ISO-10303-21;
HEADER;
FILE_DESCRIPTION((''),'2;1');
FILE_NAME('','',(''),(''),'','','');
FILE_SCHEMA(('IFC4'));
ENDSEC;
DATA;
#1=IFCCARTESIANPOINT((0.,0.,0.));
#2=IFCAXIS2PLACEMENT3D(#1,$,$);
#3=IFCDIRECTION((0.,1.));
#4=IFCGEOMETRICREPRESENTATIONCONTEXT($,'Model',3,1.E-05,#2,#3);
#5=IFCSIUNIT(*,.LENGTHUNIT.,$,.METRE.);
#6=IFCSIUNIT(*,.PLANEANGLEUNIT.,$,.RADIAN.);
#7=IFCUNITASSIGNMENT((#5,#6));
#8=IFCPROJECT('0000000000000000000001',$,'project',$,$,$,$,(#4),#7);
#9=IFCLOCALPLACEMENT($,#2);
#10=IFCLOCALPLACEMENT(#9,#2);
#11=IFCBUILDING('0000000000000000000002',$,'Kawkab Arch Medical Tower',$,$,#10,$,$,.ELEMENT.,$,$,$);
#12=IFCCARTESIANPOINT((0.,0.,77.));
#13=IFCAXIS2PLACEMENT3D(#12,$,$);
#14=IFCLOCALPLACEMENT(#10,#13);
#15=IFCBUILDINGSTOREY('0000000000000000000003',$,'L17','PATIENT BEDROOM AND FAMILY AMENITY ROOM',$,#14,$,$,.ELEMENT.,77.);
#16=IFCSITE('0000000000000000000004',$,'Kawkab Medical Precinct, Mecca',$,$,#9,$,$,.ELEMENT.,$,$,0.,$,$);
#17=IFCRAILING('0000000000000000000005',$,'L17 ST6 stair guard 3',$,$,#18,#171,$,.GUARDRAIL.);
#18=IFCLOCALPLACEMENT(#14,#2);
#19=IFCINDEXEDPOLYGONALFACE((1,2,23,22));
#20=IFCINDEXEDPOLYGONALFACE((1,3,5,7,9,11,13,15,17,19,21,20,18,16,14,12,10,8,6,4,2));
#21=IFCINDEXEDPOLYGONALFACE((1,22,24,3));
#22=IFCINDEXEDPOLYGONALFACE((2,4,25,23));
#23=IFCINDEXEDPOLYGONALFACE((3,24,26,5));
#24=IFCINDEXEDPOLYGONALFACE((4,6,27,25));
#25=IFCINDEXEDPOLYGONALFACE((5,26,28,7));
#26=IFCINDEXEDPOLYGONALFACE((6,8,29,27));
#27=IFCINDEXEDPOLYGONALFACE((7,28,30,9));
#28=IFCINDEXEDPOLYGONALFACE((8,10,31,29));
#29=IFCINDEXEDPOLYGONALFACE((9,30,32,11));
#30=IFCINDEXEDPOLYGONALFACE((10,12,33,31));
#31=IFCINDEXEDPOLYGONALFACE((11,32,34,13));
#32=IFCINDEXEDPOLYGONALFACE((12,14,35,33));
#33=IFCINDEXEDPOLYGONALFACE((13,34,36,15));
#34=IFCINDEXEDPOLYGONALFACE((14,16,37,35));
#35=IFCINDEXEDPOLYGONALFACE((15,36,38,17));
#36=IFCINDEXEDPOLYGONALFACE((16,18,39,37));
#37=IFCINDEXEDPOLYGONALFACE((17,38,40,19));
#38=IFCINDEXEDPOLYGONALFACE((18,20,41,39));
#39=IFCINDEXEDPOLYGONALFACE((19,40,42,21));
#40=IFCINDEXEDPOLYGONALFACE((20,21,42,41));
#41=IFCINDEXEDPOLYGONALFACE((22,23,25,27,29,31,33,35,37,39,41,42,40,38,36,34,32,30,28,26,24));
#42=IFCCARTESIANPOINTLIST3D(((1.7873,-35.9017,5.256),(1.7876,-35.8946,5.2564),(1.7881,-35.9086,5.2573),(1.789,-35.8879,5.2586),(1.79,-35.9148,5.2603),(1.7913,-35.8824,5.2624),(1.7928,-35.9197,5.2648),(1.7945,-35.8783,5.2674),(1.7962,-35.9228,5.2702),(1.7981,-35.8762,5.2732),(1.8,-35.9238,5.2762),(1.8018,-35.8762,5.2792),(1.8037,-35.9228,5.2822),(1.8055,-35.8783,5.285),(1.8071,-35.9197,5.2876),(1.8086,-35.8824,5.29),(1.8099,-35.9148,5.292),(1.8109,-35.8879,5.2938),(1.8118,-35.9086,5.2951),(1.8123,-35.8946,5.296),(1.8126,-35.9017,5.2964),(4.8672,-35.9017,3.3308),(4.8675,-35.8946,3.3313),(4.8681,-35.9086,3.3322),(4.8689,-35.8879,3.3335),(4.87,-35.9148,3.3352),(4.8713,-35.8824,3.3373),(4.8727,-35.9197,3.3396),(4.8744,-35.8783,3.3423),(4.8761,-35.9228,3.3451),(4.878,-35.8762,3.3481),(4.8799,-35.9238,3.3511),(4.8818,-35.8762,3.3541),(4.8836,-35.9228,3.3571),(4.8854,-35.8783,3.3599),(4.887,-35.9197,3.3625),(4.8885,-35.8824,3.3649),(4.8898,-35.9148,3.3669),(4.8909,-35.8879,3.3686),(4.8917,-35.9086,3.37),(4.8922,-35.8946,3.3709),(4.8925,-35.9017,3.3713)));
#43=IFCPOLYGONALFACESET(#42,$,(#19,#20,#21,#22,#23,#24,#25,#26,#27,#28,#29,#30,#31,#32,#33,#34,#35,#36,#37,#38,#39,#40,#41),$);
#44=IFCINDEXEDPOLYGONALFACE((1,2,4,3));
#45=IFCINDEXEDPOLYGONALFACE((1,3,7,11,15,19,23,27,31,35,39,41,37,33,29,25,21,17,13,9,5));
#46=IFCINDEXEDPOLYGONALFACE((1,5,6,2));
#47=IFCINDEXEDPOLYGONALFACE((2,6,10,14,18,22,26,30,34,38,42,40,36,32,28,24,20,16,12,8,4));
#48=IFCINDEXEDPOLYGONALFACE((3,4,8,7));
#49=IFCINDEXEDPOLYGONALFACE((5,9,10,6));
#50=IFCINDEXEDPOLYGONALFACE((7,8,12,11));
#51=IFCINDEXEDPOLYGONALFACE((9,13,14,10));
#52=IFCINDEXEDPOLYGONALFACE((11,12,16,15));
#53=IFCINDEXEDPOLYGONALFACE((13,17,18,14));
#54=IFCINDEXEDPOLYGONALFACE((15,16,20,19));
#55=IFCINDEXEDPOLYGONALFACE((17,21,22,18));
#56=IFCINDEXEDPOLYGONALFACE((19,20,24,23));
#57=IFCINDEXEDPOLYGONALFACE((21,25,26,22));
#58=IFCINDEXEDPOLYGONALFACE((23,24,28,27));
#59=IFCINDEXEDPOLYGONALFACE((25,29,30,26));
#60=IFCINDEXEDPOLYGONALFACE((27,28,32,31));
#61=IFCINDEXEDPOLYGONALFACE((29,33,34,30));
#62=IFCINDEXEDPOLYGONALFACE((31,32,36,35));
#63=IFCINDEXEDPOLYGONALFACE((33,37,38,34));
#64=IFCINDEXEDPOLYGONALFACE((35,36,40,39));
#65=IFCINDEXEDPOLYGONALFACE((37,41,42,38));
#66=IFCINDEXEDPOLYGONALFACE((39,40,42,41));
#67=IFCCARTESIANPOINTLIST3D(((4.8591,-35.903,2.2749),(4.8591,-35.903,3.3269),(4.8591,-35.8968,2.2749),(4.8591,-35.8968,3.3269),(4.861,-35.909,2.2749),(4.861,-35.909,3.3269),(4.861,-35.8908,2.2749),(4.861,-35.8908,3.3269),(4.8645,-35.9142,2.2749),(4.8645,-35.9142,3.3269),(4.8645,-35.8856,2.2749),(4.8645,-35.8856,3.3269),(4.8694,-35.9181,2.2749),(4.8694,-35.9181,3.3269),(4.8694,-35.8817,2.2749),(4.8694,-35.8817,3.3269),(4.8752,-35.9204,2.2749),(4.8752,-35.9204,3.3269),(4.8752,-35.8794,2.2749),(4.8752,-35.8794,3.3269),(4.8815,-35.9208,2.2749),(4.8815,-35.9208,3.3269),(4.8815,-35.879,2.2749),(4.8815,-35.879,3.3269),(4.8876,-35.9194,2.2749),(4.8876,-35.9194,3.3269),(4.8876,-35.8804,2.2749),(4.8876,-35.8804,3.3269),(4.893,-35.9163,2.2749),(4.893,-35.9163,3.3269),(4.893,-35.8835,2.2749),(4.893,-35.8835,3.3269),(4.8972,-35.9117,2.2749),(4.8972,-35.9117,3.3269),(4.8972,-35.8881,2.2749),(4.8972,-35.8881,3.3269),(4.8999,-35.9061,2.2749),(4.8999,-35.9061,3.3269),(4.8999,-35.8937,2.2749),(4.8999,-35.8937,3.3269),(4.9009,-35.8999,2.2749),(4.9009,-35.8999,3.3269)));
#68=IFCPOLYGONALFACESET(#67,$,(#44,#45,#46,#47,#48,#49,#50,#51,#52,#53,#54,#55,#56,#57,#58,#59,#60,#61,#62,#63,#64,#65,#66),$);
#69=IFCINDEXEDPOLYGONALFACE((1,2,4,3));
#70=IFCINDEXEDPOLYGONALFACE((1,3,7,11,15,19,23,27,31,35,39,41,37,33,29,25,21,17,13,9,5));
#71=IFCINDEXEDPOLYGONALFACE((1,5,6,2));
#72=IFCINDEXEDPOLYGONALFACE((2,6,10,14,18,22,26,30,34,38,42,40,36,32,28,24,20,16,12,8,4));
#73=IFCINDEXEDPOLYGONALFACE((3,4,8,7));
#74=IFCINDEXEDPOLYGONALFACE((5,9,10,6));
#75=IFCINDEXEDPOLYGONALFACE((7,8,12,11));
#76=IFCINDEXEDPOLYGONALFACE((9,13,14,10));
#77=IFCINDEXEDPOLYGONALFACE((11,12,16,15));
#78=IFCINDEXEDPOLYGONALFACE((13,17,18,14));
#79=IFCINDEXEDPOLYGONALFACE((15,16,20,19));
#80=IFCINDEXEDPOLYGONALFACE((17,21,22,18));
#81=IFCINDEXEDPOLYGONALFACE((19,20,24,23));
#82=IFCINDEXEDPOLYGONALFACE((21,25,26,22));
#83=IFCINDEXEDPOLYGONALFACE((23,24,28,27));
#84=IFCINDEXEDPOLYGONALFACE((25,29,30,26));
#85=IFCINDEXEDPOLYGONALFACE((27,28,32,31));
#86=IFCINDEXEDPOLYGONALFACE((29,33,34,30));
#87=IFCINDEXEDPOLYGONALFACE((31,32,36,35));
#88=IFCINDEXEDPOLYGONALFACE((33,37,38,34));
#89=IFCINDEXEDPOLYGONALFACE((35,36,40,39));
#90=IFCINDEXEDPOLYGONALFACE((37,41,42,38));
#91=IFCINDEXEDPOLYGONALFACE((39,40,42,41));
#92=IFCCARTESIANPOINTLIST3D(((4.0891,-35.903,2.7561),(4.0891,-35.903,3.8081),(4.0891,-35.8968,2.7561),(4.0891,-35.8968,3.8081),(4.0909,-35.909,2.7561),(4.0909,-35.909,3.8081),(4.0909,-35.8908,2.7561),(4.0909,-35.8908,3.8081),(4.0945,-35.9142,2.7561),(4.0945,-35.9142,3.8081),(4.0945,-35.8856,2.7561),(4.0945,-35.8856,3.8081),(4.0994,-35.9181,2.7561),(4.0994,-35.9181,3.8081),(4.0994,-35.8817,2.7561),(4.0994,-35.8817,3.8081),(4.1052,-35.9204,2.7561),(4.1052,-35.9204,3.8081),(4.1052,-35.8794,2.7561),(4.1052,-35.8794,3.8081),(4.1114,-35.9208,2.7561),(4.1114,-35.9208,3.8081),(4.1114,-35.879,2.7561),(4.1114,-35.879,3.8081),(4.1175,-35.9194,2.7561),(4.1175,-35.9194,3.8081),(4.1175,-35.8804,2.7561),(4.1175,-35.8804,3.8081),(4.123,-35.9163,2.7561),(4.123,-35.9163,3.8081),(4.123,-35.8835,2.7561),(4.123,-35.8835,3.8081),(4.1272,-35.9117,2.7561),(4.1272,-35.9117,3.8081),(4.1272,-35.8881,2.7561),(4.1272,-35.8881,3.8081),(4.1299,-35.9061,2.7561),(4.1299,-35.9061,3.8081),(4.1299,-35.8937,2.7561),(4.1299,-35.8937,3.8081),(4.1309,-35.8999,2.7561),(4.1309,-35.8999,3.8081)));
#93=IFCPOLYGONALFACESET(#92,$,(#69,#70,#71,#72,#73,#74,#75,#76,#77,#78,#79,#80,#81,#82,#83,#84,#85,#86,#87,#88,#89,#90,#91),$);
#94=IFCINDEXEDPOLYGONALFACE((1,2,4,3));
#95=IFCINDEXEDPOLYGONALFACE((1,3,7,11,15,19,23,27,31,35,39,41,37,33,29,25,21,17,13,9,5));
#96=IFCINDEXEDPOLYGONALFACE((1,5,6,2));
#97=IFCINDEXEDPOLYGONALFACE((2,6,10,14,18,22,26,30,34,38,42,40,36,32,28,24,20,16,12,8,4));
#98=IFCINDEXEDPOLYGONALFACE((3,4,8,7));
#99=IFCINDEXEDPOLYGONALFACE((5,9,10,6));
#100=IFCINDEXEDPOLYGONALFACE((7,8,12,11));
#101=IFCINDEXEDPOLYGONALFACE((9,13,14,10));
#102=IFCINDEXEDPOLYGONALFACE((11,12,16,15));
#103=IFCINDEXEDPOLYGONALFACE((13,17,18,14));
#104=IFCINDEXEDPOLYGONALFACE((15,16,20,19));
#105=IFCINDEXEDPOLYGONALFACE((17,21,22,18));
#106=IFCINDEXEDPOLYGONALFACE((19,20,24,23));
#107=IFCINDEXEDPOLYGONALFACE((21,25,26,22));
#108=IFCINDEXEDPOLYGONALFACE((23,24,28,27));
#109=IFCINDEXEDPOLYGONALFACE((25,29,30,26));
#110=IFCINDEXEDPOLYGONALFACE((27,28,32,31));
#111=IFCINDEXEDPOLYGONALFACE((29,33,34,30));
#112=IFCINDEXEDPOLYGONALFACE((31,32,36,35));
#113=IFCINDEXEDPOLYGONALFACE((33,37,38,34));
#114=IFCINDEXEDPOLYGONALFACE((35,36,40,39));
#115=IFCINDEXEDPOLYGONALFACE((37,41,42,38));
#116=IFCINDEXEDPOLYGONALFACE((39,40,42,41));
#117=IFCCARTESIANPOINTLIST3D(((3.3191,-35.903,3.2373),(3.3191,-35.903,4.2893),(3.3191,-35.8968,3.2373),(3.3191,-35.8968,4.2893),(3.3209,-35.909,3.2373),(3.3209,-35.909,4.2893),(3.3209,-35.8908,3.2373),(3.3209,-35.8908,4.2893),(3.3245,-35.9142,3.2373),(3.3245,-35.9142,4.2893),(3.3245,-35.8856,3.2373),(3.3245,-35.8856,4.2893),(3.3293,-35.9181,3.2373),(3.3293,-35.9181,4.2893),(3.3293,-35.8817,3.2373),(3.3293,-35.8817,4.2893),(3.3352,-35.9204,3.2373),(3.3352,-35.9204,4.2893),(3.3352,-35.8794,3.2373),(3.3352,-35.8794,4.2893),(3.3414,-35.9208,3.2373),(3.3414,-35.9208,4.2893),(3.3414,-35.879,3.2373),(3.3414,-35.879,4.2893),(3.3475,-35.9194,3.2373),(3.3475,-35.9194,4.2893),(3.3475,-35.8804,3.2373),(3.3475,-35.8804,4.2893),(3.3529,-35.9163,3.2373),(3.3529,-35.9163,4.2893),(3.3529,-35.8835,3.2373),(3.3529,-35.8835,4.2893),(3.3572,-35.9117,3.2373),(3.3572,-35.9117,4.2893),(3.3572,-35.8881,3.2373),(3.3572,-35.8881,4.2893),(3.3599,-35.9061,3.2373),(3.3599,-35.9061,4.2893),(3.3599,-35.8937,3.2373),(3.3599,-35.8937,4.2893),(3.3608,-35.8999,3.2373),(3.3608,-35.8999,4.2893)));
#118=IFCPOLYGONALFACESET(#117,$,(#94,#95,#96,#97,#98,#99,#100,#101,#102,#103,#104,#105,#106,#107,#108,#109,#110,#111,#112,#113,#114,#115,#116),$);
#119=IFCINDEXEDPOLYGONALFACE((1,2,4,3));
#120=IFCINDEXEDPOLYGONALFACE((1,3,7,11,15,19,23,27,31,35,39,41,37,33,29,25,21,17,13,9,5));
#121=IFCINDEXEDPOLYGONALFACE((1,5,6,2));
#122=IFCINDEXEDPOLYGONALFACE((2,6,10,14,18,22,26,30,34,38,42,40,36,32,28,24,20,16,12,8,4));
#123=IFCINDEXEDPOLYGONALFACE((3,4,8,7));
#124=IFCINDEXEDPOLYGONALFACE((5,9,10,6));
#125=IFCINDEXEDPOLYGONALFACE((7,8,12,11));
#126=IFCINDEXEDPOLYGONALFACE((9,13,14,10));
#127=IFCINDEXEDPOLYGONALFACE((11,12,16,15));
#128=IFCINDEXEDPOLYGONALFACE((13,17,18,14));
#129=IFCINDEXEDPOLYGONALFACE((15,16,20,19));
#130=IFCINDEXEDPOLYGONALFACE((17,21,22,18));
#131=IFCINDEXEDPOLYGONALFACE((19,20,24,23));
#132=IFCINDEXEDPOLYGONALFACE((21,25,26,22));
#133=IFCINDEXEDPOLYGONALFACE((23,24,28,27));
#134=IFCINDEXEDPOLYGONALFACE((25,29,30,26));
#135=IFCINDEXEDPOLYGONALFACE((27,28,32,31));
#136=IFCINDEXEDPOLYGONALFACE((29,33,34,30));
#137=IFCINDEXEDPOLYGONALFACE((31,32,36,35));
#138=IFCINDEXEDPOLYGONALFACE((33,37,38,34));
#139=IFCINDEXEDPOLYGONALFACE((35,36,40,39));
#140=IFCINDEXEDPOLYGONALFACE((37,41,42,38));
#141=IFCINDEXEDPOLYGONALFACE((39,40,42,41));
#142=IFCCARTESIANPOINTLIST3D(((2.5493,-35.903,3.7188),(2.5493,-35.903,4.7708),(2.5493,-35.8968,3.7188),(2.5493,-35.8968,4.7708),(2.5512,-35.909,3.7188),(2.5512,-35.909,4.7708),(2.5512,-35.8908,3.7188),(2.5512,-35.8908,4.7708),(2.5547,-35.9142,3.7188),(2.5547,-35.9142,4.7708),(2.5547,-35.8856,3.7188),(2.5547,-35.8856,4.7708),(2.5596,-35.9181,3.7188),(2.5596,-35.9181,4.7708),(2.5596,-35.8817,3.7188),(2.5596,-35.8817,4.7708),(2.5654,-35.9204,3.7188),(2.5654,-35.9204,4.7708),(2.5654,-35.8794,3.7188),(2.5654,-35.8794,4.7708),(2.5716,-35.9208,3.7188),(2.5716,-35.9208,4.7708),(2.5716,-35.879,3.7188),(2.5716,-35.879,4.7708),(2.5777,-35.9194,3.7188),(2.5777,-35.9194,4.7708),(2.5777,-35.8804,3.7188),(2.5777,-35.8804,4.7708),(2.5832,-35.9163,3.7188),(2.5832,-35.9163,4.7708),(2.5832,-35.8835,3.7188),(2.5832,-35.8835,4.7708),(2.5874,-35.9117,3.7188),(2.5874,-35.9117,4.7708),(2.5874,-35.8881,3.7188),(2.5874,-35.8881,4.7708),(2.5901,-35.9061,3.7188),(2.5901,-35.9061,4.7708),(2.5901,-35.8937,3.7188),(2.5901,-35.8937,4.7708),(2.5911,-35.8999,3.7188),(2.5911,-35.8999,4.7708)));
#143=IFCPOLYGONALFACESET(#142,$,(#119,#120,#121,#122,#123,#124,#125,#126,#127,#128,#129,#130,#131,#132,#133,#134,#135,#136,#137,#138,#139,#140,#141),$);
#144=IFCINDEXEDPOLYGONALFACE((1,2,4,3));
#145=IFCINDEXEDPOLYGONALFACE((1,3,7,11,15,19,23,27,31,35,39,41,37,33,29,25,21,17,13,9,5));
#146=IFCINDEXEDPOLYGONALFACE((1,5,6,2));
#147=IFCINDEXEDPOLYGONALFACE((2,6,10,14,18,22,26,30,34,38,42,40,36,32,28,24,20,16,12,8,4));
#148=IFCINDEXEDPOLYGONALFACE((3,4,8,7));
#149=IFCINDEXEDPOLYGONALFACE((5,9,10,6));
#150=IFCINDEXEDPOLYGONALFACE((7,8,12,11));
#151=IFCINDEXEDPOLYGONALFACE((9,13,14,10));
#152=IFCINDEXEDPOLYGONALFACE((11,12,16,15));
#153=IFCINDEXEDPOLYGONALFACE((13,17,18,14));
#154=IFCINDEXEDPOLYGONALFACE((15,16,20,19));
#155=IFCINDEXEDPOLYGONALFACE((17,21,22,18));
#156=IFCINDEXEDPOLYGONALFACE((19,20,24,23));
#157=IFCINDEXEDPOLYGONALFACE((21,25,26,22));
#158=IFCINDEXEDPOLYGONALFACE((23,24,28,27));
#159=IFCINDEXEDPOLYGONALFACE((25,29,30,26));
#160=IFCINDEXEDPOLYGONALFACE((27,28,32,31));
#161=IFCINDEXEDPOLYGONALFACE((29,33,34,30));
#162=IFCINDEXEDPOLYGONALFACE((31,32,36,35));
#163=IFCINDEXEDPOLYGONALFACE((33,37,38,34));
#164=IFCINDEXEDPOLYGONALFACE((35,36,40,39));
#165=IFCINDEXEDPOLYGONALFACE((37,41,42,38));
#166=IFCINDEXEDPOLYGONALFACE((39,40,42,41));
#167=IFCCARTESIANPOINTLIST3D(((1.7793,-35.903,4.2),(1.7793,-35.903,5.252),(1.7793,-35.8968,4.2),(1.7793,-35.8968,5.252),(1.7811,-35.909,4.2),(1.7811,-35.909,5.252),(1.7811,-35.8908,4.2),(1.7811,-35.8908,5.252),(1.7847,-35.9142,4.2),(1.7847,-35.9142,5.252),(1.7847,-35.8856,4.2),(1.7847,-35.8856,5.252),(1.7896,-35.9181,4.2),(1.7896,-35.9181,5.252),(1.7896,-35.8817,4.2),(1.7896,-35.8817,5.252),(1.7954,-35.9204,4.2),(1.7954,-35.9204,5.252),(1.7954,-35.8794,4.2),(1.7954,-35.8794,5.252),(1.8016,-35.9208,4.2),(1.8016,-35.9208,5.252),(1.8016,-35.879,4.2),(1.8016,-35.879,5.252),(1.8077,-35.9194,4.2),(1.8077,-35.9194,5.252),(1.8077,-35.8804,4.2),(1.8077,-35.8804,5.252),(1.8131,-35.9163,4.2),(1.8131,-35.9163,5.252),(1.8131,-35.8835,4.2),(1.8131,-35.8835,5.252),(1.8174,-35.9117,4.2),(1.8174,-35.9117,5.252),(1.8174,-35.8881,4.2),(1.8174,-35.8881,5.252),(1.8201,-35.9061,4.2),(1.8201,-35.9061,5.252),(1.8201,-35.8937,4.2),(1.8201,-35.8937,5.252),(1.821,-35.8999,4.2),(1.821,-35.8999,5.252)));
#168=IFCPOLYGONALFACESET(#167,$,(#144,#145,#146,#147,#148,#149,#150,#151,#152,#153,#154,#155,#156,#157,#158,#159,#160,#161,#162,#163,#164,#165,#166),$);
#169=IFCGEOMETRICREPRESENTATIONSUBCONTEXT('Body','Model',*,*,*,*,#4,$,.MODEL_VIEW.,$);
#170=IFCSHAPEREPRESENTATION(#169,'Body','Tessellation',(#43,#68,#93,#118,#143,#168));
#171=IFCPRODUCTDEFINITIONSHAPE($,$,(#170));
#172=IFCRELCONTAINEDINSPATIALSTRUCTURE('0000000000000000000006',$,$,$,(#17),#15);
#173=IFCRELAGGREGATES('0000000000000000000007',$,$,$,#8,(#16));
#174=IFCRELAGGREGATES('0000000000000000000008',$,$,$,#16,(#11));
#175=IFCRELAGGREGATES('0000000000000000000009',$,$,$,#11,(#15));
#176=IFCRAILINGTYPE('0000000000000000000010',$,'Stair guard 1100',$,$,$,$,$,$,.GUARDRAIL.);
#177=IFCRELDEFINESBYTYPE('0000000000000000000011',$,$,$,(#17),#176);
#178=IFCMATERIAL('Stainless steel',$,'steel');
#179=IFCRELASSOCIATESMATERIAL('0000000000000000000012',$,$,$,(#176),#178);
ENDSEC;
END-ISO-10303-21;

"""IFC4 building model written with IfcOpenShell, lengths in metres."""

from ifc_helpers import new_model, si_unit, direction, frame, origin, origin_2d, place, context, subcontext, project, spatial, circle, extrude, material, type_object, element, save


model = new_model("IFC4")

# Units and contexts
model_context = context("Model", 3, precision=1e-05, world=origin(), true_north=direction((0.0, 1.0)))
body_context = subcontext(model_context, "Body", "Model", "MODEL_VIEW")
ifc_project = project(units=[si_unit("LENGTHUNIT", "METRE"), si_unit("PLANEANGLEUNIT", "RADIAN")], contexts=[model_context])

# Site, building, storey
site_placement = place(None, origin())
site = spatial("IfcSite", under=ifc_project, at=site_placement, Name="Kawkab Medical Precinct, Mecca", CompositionType="ELEMENT", RefElevation=0.0)
building_placement = place(site_placement, origin())
building = spatial("IfcBuilding", under=site, at=building_placement, Name="Kawkab Arch Medical Tower", CompositionType="ELEMENT")
storey_placement = place(building_placement, frame((0.0, 0.0, 77.0)))
storey = spatial("IfcBuildingStorey", under=building, at=storey_placement, Name="L17", Description="PATIENT BEDROOM AND FAMILY AMENITY ROOM", CompositionType="ELEMENT", Elevation=77.0)

# Railing
ifc_material_1 = material(Name="Stainless steel", Category="steel")
railing_type = type_object("IfcRailingType", Name="Stair guard 1100", PredefinedType="GUARDRAIL", material=ifc_material_1)
railing_1_placement = place(storey_placement, frame((4.8799, -35.8999, 2.2749)))
element("IfcRailing", 1, at=railing_1_placement, inside=storey, type_object=railing_type, Name="L17 ST6 stair guard 3", PredefinedType="GUARDRAIL", context=body_context, shape_type="SweptSolid", body=[
    extrude(circle(Radius=0.0239, at=origin_2d()), frame((0.0, 0.0, 1.0762), z_axis=(-0.847979, 0.0, 0.530029), x_axis=(0.0, -1.0, 0.0)), (0.0, 0.0, 1.0), 3.6321),
    extrude(circle(Radius=0.021, at=origin_2d()), origin(), (0.0, 0.0, 1.0), 1.052),
    extrude(circle(Radius=0.021, at=origin_2d()), frame((-0.77, 0.0, 0.4812)), (0.0, 0.0, 1.0), 1.052),
    extrude(circle(Radius=0.021, at=origin_2d()), frame((-1.54, 0.0, 0.9624)), (0.0, 0.0, 1.0), 1.052),
    extrude(circle(Radius=0.021, at=origin_2d()), frame((-2.3098, 0.0, 1.4438)), (0.0, 0.0, 1.0), 1.052),
    extrude(circle(Radius=0.021, at=origin_2d()), frame((-3.0798, 0.0, 1.925)), (0.0, 0.0, 1.0), 1.052),
])

save(model, "model.ifc")
